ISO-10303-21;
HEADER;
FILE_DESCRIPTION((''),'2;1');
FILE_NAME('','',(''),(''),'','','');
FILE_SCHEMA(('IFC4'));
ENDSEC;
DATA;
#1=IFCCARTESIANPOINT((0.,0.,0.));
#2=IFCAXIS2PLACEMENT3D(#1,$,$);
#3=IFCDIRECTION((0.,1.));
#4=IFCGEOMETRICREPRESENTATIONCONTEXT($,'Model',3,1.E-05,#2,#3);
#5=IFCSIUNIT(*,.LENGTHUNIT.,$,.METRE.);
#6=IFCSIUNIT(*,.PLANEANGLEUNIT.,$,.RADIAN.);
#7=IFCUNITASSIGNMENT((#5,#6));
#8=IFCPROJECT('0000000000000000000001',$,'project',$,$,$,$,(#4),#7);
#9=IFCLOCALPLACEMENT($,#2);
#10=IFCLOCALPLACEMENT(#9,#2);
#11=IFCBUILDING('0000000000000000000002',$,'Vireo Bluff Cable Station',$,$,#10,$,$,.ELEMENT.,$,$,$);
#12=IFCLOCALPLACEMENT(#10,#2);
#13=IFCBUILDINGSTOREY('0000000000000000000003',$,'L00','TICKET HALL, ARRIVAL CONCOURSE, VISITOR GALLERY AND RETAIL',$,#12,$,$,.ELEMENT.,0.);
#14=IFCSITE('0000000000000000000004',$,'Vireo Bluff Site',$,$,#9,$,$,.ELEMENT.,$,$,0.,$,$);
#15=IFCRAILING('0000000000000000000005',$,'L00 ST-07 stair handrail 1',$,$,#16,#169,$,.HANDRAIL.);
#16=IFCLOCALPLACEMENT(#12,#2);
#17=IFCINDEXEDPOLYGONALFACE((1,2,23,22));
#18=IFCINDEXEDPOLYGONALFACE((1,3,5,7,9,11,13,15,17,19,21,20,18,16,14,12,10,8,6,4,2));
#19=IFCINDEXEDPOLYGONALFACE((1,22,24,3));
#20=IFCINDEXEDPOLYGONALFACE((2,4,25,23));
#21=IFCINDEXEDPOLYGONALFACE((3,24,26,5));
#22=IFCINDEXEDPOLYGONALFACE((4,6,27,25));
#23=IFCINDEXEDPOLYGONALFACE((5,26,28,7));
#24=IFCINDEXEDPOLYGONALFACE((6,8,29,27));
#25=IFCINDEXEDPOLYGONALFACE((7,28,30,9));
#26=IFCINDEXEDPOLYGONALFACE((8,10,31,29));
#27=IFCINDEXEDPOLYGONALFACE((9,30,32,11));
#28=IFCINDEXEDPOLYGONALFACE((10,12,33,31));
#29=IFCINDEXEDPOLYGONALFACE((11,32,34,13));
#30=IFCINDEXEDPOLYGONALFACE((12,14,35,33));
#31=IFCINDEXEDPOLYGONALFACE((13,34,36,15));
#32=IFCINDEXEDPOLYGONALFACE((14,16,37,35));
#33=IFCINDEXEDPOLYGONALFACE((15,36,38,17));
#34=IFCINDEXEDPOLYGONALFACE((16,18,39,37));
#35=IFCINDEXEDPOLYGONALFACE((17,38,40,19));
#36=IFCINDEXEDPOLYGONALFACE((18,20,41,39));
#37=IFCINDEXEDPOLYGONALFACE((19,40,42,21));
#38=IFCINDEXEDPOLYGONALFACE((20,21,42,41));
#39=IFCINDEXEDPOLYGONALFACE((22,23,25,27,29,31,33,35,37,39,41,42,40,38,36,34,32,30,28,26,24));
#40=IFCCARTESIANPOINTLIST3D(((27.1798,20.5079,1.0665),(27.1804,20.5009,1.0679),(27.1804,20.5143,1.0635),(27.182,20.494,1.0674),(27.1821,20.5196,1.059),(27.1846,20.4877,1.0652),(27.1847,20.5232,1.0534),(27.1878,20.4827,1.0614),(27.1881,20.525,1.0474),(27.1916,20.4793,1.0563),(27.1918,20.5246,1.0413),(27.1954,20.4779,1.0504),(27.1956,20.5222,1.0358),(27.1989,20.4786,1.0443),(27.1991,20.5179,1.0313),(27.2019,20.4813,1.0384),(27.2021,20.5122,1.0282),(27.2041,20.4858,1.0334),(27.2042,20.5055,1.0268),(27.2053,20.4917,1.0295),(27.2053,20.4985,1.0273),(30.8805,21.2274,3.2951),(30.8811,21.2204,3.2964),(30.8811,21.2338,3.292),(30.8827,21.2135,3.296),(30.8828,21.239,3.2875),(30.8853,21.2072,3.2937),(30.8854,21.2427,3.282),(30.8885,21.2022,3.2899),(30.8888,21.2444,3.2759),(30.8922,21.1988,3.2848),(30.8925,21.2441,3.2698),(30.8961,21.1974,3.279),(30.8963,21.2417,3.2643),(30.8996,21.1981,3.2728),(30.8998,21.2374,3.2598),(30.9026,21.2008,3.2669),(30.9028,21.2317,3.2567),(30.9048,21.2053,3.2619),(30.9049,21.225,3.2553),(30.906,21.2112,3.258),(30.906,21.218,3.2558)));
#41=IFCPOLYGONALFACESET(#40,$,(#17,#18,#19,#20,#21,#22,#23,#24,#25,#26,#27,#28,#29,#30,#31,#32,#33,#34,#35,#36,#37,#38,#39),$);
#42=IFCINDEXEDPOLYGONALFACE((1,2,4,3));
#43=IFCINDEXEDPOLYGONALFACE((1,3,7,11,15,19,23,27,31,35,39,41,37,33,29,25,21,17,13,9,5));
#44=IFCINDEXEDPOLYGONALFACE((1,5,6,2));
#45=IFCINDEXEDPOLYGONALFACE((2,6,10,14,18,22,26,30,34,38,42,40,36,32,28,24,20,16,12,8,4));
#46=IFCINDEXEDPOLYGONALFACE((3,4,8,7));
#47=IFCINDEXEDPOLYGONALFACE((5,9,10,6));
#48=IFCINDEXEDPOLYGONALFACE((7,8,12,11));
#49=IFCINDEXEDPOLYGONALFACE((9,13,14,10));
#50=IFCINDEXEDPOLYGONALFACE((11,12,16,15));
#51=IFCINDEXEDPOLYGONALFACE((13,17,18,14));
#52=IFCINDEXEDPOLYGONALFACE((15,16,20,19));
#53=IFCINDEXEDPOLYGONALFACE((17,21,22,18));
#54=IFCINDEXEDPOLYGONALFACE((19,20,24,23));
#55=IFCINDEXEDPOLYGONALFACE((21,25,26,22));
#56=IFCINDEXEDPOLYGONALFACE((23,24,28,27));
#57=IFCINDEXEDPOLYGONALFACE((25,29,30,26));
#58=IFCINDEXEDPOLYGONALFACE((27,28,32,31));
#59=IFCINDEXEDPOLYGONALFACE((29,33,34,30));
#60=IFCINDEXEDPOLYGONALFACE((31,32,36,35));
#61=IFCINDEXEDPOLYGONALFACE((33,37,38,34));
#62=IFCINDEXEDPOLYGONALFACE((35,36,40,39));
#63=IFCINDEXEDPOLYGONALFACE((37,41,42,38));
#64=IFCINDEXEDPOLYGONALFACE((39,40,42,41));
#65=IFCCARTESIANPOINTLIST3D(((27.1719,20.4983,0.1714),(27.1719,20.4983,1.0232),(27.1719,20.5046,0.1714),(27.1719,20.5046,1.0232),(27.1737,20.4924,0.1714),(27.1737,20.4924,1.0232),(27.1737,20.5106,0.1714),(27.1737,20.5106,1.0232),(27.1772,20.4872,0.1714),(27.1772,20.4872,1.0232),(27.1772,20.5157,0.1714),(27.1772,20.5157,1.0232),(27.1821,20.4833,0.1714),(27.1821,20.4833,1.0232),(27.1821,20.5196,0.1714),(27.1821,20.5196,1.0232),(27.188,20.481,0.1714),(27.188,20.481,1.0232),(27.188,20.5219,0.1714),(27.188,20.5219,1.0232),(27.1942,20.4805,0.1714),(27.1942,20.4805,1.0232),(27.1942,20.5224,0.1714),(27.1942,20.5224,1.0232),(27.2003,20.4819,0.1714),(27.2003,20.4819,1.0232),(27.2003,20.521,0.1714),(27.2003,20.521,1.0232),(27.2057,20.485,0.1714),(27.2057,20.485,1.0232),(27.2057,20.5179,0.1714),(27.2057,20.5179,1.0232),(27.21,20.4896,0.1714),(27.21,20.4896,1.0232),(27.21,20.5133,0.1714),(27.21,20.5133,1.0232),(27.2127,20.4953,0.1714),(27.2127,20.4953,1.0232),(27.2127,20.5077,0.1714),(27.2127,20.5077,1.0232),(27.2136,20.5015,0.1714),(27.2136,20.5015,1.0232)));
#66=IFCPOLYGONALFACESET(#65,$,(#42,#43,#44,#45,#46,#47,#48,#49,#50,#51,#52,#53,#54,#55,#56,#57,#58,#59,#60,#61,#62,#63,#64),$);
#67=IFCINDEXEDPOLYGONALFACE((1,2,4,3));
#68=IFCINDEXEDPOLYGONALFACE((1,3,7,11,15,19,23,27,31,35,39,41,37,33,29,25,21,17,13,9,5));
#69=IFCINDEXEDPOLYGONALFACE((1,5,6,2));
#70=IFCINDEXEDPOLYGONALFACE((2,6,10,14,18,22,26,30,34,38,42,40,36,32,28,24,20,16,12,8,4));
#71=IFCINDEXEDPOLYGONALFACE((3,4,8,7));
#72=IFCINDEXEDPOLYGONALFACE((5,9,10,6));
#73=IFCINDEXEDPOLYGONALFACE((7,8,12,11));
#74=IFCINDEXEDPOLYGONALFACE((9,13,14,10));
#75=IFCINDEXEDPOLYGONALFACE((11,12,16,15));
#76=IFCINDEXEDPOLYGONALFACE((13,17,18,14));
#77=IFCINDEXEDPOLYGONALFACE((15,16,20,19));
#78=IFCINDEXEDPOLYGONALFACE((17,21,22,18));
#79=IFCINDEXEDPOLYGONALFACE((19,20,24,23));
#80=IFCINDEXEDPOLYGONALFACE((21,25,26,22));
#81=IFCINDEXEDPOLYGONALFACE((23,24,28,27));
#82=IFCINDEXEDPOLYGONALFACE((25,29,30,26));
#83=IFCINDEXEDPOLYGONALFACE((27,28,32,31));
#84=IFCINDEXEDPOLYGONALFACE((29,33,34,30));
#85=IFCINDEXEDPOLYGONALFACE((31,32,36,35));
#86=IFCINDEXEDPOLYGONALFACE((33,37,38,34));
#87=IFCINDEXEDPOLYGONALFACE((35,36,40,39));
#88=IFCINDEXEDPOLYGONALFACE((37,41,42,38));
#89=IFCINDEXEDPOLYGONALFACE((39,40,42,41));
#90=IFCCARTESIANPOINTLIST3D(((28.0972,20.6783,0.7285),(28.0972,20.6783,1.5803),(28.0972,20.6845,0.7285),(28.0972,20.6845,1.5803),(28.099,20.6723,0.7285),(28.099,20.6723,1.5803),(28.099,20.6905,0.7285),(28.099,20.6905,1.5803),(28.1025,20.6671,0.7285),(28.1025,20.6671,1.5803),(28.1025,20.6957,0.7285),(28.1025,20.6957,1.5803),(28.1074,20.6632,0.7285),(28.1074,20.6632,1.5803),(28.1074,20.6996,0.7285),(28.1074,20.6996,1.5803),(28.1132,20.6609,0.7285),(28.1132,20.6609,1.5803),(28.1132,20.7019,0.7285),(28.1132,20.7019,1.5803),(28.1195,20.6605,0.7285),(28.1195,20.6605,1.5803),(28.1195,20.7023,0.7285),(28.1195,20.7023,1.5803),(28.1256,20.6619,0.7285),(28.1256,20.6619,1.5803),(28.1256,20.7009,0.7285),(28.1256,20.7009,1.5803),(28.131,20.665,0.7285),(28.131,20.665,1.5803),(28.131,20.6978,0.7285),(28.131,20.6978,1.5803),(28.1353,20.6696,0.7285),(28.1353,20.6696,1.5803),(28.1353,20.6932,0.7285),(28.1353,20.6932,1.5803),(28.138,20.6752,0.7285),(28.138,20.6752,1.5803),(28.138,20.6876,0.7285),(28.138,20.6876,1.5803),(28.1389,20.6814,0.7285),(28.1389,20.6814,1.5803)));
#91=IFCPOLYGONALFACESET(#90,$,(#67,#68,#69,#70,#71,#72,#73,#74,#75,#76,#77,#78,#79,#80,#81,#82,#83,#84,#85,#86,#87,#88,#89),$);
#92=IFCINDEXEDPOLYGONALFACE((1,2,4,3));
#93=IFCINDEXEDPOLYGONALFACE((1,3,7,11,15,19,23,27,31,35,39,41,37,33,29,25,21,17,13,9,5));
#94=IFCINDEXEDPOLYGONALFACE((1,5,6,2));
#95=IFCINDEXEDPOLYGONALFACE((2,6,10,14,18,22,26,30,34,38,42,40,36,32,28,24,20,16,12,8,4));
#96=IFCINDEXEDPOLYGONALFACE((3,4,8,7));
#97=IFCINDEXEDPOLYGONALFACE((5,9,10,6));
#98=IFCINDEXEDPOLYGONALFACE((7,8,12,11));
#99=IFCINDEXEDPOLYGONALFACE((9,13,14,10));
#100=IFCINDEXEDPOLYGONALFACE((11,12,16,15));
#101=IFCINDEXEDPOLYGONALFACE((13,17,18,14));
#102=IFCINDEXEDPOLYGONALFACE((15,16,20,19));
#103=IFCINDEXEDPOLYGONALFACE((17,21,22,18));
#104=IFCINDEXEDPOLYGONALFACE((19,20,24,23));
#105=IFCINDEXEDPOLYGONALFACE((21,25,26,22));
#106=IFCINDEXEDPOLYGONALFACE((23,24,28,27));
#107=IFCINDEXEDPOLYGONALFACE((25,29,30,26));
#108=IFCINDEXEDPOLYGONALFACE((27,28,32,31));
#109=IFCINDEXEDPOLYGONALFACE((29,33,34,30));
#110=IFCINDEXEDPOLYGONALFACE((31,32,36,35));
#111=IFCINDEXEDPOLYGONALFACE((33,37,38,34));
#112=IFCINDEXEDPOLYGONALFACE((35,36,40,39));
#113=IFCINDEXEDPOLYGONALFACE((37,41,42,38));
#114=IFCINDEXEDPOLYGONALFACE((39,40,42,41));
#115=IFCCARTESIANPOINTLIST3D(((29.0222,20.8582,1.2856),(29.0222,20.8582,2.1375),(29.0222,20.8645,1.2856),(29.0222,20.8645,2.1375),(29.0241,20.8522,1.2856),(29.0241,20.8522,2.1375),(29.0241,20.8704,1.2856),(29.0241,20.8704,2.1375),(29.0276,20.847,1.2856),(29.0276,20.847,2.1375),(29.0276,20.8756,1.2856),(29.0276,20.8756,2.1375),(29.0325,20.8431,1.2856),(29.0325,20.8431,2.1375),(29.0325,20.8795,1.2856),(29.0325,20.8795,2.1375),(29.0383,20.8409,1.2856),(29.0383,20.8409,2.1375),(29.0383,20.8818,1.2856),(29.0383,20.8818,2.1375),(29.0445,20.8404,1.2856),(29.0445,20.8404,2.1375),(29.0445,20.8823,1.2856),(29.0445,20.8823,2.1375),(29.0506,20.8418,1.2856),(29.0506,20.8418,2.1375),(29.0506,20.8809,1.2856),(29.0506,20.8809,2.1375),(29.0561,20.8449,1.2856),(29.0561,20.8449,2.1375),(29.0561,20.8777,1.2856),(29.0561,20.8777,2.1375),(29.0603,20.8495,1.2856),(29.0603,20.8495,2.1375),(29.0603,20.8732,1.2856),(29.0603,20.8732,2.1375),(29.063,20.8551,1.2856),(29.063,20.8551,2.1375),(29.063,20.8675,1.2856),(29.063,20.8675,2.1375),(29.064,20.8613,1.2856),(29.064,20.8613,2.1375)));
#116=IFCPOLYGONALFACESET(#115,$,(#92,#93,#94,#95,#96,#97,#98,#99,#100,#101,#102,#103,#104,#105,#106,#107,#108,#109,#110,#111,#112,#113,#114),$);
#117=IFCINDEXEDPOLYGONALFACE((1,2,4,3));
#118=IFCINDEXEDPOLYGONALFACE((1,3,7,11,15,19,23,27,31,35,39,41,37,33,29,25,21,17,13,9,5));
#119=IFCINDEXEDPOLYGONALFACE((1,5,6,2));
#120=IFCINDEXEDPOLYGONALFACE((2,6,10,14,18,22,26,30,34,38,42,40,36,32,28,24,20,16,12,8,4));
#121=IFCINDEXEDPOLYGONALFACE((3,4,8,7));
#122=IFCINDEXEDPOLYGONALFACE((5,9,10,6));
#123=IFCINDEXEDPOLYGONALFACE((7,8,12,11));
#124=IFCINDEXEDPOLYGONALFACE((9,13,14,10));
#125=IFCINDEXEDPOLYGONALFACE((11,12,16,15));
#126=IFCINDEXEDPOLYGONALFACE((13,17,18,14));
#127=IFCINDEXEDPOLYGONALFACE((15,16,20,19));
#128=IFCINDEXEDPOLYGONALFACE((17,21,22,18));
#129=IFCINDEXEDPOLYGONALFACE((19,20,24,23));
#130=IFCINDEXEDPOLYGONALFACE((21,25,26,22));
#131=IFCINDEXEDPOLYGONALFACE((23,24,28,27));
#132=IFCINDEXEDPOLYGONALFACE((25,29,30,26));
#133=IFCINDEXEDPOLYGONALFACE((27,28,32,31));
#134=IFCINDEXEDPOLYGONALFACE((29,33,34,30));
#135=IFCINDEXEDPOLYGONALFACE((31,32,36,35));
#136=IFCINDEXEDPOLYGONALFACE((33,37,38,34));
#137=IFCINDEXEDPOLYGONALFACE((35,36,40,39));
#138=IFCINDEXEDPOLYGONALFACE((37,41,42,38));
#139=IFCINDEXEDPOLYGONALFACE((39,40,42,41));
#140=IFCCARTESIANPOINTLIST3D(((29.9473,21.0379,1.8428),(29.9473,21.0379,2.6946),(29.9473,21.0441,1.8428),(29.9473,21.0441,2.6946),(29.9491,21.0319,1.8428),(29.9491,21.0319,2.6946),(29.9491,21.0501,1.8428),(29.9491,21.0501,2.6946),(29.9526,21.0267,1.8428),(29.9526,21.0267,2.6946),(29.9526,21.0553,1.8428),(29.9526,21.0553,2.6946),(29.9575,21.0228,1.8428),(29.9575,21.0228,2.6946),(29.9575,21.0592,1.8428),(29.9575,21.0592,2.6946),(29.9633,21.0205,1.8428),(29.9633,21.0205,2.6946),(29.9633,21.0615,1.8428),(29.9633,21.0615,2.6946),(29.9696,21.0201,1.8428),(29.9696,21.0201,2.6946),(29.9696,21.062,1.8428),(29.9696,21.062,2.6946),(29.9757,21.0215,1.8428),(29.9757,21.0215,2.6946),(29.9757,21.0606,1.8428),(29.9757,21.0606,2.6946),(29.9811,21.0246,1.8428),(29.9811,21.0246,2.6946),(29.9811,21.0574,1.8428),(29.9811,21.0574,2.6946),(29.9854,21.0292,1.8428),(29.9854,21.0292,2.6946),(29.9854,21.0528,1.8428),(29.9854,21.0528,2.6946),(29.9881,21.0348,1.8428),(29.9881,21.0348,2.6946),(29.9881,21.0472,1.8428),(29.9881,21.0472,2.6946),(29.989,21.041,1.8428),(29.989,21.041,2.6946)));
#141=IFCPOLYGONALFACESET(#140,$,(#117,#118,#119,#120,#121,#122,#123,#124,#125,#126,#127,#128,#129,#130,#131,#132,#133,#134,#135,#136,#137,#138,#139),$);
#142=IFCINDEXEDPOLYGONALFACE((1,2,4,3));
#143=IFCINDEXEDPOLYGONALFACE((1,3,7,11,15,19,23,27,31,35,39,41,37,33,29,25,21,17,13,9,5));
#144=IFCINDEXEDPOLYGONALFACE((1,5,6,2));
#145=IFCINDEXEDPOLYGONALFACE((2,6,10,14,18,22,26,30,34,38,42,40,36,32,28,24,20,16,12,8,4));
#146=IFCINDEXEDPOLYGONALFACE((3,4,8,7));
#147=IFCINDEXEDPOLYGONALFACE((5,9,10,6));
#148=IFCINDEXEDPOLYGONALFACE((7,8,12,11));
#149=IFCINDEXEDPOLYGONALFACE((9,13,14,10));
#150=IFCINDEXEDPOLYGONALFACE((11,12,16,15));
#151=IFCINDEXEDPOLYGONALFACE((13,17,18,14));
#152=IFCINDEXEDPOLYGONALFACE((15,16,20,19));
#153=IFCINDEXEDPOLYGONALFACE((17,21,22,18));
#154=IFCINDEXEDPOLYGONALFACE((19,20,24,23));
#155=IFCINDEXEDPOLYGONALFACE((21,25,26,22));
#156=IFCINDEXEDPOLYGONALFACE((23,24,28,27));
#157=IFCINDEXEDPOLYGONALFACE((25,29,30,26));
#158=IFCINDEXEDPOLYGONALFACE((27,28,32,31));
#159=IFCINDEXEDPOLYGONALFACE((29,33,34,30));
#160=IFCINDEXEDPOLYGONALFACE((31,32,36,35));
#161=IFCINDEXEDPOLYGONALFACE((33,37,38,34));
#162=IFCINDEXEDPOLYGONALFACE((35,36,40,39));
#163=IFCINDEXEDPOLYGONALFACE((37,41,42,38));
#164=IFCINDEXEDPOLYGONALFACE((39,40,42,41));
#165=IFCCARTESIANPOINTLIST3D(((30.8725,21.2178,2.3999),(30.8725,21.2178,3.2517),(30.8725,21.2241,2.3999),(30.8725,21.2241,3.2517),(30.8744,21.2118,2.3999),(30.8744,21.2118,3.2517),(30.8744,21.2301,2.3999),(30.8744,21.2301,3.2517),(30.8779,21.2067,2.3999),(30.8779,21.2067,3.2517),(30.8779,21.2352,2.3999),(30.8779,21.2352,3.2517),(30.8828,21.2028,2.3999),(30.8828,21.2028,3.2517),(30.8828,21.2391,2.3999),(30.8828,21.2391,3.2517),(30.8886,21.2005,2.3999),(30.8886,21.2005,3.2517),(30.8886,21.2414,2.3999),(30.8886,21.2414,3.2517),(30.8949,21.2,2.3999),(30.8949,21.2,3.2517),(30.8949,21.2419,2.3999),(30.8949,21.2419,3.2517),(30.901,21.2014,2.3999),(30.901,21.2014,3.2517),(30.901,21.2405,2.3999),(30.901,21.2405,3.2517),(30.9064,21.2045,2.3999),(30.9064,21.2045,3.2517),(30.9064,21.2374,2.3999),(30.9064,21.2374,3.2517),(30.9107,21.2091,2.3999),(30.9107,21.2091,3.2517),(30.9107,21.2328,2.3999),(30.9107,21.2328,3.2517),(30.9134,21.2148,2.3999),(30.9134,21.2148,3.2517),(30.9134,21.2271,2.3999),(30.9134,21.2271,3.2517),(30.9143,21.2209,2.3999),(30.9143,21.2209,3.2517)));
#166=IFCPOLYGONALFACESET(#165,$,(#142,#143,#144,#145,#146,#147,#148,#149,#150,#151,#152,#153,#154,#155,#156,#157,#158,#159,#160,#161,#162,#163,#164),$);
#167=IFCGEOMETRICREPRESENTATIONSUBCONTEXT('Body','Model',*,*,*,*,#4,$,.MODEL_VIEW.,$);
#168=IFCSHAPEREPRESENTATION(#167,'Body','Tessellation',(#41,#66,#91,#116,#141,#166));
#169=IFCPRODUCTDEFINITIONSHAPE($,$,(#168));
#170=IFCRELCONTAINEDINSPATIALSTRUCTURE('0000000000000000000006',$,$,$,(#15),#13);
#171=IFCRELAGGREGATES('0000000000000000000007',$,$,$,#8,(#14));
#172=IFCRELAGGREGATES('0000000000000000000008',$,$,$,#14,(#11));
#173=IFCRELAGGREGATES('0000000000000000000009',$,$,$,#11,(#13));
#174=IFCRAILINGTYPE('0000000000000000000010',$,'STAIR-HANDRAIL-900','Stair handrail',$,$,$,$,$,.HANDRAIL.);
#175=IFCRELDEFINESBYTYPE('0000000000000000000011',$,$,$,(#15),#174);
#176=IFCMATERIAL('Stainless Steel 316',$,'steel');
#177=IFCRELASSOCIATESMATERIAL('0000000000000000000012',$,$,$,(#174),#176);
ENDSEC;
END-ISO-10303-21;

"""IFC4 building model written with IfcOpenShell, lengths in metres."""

from ifc_helpers import new_model, si_unit, direction, frame, origin, origin_2d, place, context, subcontext, project, spatial, circle, extrude, material, type_object, element, save


model = new_model("IFC4")

# Units and contexts
model_context = context("Model", 3, precision=1e-05, world=origin(), true_north=direction((0.0, 1.0)))
body_context = subcontext(model_context, "Body", "Model", "MODEL_VIEW")
ifc_project = project(units=[si_unit("LENGTHUNIT", "METRE"), si_unit("PLANEANGLEUNIT", "RADIAN")], contexts=[model_context])

# Site, building, storey
site_placement = place(None, origin())
site = spatial("IfcSite", under=ifc_project, at=site_placement, Name="Vireo Bluff Site", CompositionType="ELEMENT", RefElevation=0.0)
building_placement = place(site_placement, origin())
building = spatial("IfcBuilding", under=site, at=building_placement, Name="Vireo Bluff Cable Station", CompositionType="ELEMENT")
storey_placement = place(building_placement, origin())
storey = spatial("IfcBuildingStorey", under=building, at=storey_placement, Name="L00", Description="TICKET HALL, ARRIVAL CONCOURSE, VISITOR GALLERY AND RETAIL", CompositionType="ELEMENT", Elevation=0.0)

# Railing
ifc_material_1 = material(Name="Stainless Steel 316", Category="steel")
railing_type_1 = type_object("IfcRailingType", Name="STAIR-HANDRAIL-900", Description="Stair handrail", PredefinedType="HANDRAIL", material=ifc_material_1)
railing_1_placement = place(storey_placement, frame((27.1926, 20.5015, 0.1714)))
element("IfcRailing", 1, at=railing_1_placement, inside=storey, type_object=railing_type_1, Name="L00 ST-07 stair handrail 1", PredefinedType="HANDRAIL", context=body_context, shape_type="SweptSolid", body=[
    extrude(circle(Radius=0.0239, at=origin_2d()), frame((0.0, 0.0, 0.876), z_axis=(0.845024, 0.164289, 0.508865), x_axis=(-0.190845, 0.98162, 0.0)), (0.0, 0.0, 1.0), 4.3794),
    extrude(circle(Radius=0.021, at=origin_2d()), origin(), (0.0, 0.0, 1.0), 0.8518),
    extrude(circle(Radius=0.021, at=origin_2d()), frame((0.9253, 0.1799, 0.5571)), (0.0, 0.0, 1.0), 0.8518),
    extrude(circle(Radius=0.021, at=origin_2d()), frame((1.8503, 0.3599, 1.1143)), (0.0, 0.0, 1.0), 0.8518),
    extrude(circle(Radius=0.021, at=origin_2d()), frame((2.7754, 0.5396, 1.6714)), (0.0, 0.0, 1.0), 0.8518),
    extrude(circle(Radius=0.021, at=origin_2d()), frame((3.7007, 0.7195, 2.2285)), (0.0, 0.0, 1.0), 0.8518),
])

save(model, "model.ifc")
